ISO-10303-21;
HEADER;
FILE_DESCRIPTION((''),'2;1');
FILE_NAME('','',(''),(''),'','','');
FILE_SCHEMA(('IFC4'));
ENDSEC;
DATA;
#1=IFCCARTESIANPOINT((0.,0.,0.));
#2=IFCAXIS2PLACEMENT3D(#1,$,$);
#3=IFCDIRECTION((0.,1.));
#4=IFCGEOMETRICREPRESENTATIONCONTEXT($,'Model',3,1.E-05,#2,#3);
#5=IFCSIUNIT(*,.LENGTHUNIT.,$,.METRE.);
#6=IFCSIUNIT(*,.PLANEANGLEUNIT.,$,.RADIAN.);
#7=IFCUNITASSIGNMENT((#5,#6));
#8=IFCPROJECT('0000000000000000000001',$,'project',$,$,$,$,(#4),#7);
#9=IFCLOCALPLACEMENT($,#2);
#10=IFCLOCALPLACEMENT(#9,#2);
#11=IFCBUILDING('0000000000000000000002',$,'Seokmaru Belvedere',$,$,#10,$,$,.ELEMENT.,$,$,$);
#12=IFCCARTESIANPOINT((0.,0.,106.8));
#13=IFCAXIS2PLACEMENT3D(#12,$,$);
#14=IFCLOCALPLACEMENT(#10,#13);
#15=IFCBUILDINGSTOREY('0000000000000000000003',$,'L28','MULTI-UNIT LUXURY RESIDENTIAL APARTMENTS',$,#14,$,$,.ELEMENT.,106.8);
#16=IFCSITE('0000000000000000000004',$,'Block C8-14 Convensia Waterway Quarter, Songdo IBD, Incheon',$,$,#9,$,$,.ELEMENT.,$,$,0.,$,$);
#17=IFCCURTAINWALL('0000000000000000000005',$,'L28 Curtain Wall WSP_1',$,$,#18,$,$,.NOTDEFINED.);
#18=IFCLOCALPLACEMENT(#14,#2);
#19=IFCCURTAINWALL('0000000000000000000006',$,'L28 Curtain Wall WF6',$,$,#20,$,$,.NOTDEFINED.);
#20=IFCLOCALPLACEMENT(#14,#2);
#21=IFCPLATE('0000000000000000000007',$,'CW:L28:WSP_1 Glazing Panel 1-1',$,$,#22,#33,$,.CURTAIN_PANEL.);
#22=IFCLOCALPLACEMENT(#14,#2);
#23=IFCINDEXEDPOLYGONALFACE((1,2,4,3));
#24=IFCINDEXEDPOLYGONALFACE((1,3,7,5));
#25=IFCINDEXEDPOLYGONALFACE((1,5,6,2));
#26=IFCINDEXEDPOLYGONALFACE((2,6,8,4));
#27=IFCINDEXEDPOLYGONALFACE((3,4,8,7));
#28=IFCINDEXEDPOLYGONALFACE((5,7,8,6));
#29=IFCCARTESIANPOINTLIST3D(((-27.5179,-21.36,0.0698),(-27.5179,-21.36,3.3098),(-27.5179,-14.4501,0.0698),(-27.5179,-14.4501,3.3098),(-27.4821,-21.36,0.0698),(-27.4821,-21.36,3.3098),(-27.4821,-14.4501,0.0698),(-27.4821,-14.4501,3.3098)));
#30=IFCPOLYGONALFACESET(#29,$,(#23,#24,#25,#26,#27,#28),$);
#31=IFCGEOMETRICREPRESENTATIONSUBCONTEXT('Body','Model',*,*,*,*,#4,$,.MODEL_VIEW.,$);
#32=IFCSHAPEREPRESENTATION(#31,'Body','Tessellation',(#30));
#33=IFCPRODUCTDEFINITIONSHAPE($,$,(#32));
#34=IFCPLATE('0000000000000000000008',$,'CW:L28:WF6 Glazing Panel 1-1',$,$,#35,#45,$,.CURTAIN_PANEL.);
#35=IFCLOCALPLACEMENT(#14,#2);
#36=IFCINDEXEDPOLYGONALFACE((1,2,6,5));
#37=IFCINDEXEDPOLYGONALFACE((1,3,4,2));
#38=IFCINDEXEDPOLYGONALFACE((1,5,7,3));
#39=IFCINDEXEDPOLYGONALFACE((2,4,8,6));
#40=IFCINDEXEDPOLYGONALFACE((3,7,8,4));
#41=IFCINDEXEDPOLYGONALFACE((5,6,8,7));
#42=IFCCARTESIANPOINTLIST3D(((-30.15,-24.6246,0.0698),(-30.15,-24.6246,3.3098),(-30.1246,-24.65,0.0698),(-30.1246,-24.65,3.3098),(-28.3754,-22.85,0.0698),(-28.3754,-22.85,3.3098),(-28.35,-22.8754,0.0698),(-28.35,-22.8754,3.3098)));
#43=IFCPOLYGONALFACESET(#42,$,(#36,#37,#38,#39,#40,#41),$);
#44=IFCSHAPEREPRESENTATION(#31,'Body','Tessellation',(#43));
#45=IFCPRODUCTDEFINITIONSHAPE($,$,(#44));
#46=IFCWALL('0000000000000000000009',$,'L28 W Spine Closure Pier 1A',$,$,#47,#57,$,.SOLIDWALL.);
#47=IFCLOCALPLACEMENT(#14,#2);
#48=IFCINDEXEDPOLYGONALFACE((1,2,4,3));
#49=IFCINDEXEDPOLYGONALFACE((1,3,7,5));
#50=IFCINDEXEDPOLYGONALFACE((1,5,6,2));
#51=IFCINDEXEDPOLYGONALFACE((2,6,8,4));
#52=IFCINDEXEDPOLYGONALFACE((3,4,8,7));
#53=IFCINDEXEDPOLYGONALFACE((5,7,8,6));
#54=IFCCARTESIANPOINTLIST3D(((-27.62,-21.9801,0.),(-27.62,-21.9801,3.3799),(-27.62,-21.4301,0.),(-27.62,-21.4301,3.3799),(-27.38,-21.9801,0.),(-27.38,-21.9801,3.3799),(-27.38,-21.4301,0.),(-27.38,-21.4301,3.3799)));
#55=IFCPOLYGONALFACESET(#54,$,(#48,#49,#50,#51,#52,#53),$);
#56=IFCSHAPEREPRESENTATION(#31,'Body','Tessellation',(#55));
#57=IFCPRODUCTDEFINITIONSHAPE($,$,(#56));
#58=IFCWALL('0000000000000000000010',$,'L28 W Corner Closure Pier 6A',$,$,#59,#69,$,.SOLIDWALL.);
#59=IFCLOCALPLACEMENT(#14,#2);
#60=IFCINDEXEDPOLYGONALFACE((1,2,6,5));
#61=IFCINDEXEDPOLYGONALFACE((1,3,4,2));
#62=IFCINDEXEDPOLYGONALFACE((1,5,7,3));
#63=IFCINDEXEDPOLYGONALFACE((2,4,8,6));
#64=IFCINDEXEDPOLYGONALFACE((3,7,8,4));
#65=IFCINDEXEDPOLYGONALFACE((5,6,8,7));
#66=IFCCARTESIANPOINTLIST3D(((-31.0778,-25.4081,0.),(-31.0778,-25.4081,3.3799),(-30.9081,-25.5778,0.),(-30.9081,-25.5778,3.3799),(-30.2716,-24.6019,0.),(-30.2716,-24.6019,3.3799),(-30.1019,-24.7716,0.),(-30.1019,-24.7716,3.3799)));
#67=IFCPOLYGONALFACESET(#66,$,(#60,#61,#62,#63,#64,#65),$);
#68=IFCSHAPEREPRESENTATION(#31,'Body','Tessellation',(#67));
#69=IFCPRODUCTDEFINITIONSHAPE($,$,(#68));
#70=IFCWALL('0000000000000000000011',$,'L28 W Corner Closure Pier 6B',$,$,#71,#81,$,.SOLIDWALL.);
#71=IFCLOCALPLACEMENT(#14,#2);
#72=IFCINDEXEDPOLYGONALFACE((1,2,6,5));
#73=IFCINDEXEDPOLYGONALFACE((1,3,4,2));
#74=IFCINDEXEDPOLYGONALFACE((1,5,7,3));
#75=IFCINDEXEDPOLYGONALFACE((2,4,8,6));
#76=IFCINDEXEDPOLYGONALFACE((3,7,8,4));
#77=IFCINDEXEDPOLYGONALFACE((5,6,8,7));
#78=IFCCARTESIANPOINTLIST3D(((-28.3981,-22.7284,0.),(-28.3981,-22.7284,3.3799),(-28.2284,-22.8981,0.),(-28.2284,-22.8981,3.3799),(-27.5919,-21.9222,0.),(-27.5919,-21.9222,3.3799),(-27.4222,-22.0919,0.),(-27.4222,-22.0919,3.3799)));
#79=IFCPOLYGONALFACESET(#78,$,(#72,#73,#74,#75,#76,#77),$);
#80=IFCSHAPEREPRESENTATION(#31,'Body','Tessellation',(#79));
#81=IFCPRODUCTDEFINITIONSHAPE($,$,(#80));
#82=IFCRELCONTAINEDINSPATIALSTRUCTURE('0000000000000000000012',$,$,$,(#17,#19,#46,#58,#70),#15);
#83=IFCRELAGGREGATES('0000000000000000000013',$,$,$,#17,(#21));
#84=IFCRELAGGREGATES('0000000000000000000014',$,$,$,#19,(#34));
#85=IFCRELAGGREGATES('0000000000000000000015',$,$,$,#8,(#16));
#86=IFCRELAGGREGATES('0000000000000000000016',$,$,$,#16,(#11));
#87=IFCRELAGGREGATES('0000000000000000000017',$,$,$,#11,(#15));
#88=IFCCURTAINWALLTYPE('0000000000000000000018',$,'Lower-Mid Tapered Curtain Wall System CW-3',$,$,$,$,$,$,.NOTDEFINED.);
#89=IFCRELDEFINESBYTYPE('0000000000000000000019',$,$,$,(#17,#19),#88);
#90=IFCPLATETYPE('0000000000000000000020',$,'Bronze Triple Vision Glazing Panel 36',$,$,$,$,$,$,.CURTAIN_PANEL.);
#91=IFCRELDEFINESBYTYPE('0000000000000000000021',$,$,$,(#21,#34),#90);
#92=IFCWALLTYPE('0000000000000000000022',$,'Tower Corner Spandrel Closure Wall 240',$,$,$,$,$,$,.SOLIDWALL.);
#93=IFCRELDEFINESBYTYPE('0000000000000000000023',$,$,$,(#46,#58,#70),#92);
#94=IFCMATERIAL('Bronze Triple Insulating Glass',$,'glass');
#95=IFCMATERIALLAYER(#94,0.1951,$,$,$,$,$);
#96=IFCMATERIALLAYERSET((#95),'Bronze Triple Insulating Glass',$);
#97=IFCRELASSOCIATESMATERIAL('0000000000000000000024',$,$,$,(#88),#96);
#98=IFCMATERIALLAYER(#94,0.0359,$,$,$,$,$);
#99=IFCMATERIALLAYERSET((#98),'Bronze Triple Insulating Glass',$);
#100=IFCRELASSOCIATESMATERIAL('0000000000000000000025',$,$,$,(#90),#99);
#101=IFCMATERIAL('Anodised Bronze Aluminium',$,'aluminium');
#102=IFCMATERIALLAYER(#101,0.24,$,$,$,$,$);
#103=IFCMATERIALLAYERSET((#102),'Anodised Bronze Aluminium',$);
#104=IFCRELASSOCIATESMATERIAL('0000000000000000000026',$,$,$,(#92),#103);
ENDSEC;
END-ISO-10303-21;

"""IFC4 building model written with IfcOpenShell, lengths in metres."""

from ifc_helpers import new_model, si_unit, direction, frame, frame_2d, origin, origin_2d, place, context, subcontext, project, spatial, rectangle, extrude, source, transform, mapped, material, layer, layer_set, type_object, type_shapes, element, aggregate, save


model = new_model("IFC4")

# Units and contexts
model_context = context("Model", 3, precision=1e-05, world=origin(), true_north=direction((0.0, 1.0)))
body_context = subcontext(model_context, "Body", "Model", "MODEL_VIEW")
ifc_project = project(units=[si_unit("LENGTHUNIT", "METRE"), si_unit("PLANEANGLEUNIT", "RADIAN")], contexts=[model_context])

# Site, building, storey
site_placement = place(None, origin())
site = spatial("IfcSite", under=ifc_project, at=site_placement, Name="Block C8-14 Convensia Waterway Quarter, Songdo IBD, Incheon", CompositionType="ELEMENT", RefElevation=0.0)
building_placement = place(site_placement, origin())
building = spatial("IfcBuilding", under=site, at=building_placement, Name="Seokmaru Belvedere", CompositionType="ELEMENT")
storey_placement = place(building_placement, frame((0.0, 0.0, 106.8)))
storey = spatial("IfcBuildingStorey", under=building, at=storey_placement, Name="L28", Description="MULTI-UNIT LUXURY RESIDENTIAL APARTMENTS", CompositionType="ELEMENT", Elevation=106.8)

# Curtain wall
ifc_material_1 = material(Name="Bronze Triple Insulating Glass", Category="glass")
ifc_layer_1 = layer(ifc_material_1, 0.1951)
ifc_layer_set_1 = layer_set([ifc_layer_1], Name="Bronze Triple Insulating Glass")
curtain_wall_type = type_object("IfcCurtainWallType", Name="Lower-Mid Tapered Curtain Wall System CW-3", PredefinedType="NOTDEFINED", material=ifc_layer_set_1)
curtain_wall_1_placement = place(storey_placement, origin())
curtain_wall_1 = element("IfcCurtainWall", 1, at=curtain_wall_1_placement, inside=storey, type_object=curtain_wall_type, Name="L28 Curtain Wall WSP_1", PredefinedType="NOTDEFINED")
ifc_material_2 = material(Name="Anodised Bronze Aluminium", Category="aluminium")

# Curtain wall
curtain_wall_2_placement = place(storey_placement, origin())
curtain_wall_2 = element("IfcCurtainWall", 2, at=curtain_wall_2_placement, inside=storey, type_object=curtain_wall_type, Name="L28 Curtain Wall WF6", PredefinedType="NOTDEFINED")

# Plates
ifc_layer_2 = layer(ifc_material_1, 0.0359)
ifc_layer_set_2 = layer_set([ifc_layer_2], Name="Bronze Triple Insulating Glass")
plate_type = type_object("IfcPlateType", Name="Bronze Triple Vision Glazing Panel 36", PredefinedType="CURTAIN_PANEL", material=ifc_layer_set_2)
shared_shape_1 = source(origin(), body_context, "Body", "SweptSolid", [
    extrude(rectangle(XDim=6.9099, YDim=0.0359, at=origin_2d()), origin(), (0.0, 0.0, 1.0), 3.24),
])
plate_1_placement = place(storey_placement, frame((-27.5, -17.905, 0.0698), z_axis=(0.0, 0.0, 1.0), x_axis=(0.0, 1.0, 0.0)))
plate_1 = element("IfcPlate", 3, at=plate_1_placement, type_object=plate_type, Name="CW:L28:WSP_1 Glazing Panel 1-1", PredefinedType="CURTAIN_PANEL", context=body_context, shape_type="MappedRepresentation", body=[
    mapped(shared_shape_1, transform((0.0, 0.0, 0.0), scale=1.0)),
])
aggregate(curtain_wall_1, [plate_1])
shared_shape_2 = source(origin(), body_context, "Body", "SweptSolid", [
    extrude(rectangle(XDim=2.5098, YDim=0.0359, at=origin_2d()), origin(), (0.0, 0.0, 1.0), 3.24),
])
type_shapes(plate_type, [shared_shape_1, shared_shape_2])
plate_2_placement = place(storey_placement, frame((-29.25, -23.75, 0.0698), z_axis=(0.0, 0.0, 1.0), x_axis=(0.707107, 0.707107, 0.0)))
plate_2 = element("IfcPlate", 4, at=plate_2_placement, type_object=plate_type, Name="CW:L28:WF6 Glazing Panel 1-1", PredefinedType="CURTAIN_PANEL", context=body_context, shape_type="MappedRepresentation", body=[
    mapped(shared_shape_2, transform((0.0, 0.0, 0.0), scale=1.0)),
])
aggregate(curtain_wall_2, [plate_2])

# Walls
ifc_layer_3 = layer(ifc_material_2, 0.24)
ifc_layer_set_3 = layer_set([ifc_layer_3], Name="Anodised Bronze Aluminium")
wall_type = type_object("IfcWallType", Name="Tower Corner Spandrel Closure Wall 240", PredefinedType="SOLIDWALL", material=ifc_layer_set_3)
wall_placement = place(storey_placement, frame((-27.5, -21.98, 0.0), z_axis=(0.0, 0.0, 1.0), x_axis=(0.0, 1.0, 0.0)))
element("IfcWall", 5, at=wall_placement, inside=storey, type_object=wall_type, Name="L28 W Spine Closure Pier 1A", PredefinedType="SOLIDWALL", context=body_context, shape_type="SweptSolid", body=[
    extrude(rectangle(XDim=0.55, YDim=0.24, at=frame_2d((0.2749, 0.0))), origin(), (0.0, 0.0, 1.0), 3.3799),
])
for number, where, z_axis, x_axis, name in (
    (6, (-30.9929, -25.4929, 0.0), (0.0, 0.0, 1.0), (0.707107, 0.707107, 0.0), "L28 W Corner Closure Pier 6A"),
    (7, (-28.3132, -22.8132, 0.0), (0.0, 0.0, 1.0), (0.707107, 0.707107, 0.0), "L28 W Corner Closure Pier 6B"),
):
    element("IfcWall", number, at=place(storey_placement, frame(where, z_axis=z_axis, x_axis=x_axis)), inside=storey, type_object=wall_type, Name=name, PredefinedType="SOLIDWALL", context=body_context, shape_type="SweptSolid", body=[
        extrude(rectangle(XDim=1.1401, YDim=0.24, at=frame_2d((0.5701, 0.0))), origin(), (0.0, 0.0, 1.0), 3.3799),
    ])

save(model, "model.ifc")
